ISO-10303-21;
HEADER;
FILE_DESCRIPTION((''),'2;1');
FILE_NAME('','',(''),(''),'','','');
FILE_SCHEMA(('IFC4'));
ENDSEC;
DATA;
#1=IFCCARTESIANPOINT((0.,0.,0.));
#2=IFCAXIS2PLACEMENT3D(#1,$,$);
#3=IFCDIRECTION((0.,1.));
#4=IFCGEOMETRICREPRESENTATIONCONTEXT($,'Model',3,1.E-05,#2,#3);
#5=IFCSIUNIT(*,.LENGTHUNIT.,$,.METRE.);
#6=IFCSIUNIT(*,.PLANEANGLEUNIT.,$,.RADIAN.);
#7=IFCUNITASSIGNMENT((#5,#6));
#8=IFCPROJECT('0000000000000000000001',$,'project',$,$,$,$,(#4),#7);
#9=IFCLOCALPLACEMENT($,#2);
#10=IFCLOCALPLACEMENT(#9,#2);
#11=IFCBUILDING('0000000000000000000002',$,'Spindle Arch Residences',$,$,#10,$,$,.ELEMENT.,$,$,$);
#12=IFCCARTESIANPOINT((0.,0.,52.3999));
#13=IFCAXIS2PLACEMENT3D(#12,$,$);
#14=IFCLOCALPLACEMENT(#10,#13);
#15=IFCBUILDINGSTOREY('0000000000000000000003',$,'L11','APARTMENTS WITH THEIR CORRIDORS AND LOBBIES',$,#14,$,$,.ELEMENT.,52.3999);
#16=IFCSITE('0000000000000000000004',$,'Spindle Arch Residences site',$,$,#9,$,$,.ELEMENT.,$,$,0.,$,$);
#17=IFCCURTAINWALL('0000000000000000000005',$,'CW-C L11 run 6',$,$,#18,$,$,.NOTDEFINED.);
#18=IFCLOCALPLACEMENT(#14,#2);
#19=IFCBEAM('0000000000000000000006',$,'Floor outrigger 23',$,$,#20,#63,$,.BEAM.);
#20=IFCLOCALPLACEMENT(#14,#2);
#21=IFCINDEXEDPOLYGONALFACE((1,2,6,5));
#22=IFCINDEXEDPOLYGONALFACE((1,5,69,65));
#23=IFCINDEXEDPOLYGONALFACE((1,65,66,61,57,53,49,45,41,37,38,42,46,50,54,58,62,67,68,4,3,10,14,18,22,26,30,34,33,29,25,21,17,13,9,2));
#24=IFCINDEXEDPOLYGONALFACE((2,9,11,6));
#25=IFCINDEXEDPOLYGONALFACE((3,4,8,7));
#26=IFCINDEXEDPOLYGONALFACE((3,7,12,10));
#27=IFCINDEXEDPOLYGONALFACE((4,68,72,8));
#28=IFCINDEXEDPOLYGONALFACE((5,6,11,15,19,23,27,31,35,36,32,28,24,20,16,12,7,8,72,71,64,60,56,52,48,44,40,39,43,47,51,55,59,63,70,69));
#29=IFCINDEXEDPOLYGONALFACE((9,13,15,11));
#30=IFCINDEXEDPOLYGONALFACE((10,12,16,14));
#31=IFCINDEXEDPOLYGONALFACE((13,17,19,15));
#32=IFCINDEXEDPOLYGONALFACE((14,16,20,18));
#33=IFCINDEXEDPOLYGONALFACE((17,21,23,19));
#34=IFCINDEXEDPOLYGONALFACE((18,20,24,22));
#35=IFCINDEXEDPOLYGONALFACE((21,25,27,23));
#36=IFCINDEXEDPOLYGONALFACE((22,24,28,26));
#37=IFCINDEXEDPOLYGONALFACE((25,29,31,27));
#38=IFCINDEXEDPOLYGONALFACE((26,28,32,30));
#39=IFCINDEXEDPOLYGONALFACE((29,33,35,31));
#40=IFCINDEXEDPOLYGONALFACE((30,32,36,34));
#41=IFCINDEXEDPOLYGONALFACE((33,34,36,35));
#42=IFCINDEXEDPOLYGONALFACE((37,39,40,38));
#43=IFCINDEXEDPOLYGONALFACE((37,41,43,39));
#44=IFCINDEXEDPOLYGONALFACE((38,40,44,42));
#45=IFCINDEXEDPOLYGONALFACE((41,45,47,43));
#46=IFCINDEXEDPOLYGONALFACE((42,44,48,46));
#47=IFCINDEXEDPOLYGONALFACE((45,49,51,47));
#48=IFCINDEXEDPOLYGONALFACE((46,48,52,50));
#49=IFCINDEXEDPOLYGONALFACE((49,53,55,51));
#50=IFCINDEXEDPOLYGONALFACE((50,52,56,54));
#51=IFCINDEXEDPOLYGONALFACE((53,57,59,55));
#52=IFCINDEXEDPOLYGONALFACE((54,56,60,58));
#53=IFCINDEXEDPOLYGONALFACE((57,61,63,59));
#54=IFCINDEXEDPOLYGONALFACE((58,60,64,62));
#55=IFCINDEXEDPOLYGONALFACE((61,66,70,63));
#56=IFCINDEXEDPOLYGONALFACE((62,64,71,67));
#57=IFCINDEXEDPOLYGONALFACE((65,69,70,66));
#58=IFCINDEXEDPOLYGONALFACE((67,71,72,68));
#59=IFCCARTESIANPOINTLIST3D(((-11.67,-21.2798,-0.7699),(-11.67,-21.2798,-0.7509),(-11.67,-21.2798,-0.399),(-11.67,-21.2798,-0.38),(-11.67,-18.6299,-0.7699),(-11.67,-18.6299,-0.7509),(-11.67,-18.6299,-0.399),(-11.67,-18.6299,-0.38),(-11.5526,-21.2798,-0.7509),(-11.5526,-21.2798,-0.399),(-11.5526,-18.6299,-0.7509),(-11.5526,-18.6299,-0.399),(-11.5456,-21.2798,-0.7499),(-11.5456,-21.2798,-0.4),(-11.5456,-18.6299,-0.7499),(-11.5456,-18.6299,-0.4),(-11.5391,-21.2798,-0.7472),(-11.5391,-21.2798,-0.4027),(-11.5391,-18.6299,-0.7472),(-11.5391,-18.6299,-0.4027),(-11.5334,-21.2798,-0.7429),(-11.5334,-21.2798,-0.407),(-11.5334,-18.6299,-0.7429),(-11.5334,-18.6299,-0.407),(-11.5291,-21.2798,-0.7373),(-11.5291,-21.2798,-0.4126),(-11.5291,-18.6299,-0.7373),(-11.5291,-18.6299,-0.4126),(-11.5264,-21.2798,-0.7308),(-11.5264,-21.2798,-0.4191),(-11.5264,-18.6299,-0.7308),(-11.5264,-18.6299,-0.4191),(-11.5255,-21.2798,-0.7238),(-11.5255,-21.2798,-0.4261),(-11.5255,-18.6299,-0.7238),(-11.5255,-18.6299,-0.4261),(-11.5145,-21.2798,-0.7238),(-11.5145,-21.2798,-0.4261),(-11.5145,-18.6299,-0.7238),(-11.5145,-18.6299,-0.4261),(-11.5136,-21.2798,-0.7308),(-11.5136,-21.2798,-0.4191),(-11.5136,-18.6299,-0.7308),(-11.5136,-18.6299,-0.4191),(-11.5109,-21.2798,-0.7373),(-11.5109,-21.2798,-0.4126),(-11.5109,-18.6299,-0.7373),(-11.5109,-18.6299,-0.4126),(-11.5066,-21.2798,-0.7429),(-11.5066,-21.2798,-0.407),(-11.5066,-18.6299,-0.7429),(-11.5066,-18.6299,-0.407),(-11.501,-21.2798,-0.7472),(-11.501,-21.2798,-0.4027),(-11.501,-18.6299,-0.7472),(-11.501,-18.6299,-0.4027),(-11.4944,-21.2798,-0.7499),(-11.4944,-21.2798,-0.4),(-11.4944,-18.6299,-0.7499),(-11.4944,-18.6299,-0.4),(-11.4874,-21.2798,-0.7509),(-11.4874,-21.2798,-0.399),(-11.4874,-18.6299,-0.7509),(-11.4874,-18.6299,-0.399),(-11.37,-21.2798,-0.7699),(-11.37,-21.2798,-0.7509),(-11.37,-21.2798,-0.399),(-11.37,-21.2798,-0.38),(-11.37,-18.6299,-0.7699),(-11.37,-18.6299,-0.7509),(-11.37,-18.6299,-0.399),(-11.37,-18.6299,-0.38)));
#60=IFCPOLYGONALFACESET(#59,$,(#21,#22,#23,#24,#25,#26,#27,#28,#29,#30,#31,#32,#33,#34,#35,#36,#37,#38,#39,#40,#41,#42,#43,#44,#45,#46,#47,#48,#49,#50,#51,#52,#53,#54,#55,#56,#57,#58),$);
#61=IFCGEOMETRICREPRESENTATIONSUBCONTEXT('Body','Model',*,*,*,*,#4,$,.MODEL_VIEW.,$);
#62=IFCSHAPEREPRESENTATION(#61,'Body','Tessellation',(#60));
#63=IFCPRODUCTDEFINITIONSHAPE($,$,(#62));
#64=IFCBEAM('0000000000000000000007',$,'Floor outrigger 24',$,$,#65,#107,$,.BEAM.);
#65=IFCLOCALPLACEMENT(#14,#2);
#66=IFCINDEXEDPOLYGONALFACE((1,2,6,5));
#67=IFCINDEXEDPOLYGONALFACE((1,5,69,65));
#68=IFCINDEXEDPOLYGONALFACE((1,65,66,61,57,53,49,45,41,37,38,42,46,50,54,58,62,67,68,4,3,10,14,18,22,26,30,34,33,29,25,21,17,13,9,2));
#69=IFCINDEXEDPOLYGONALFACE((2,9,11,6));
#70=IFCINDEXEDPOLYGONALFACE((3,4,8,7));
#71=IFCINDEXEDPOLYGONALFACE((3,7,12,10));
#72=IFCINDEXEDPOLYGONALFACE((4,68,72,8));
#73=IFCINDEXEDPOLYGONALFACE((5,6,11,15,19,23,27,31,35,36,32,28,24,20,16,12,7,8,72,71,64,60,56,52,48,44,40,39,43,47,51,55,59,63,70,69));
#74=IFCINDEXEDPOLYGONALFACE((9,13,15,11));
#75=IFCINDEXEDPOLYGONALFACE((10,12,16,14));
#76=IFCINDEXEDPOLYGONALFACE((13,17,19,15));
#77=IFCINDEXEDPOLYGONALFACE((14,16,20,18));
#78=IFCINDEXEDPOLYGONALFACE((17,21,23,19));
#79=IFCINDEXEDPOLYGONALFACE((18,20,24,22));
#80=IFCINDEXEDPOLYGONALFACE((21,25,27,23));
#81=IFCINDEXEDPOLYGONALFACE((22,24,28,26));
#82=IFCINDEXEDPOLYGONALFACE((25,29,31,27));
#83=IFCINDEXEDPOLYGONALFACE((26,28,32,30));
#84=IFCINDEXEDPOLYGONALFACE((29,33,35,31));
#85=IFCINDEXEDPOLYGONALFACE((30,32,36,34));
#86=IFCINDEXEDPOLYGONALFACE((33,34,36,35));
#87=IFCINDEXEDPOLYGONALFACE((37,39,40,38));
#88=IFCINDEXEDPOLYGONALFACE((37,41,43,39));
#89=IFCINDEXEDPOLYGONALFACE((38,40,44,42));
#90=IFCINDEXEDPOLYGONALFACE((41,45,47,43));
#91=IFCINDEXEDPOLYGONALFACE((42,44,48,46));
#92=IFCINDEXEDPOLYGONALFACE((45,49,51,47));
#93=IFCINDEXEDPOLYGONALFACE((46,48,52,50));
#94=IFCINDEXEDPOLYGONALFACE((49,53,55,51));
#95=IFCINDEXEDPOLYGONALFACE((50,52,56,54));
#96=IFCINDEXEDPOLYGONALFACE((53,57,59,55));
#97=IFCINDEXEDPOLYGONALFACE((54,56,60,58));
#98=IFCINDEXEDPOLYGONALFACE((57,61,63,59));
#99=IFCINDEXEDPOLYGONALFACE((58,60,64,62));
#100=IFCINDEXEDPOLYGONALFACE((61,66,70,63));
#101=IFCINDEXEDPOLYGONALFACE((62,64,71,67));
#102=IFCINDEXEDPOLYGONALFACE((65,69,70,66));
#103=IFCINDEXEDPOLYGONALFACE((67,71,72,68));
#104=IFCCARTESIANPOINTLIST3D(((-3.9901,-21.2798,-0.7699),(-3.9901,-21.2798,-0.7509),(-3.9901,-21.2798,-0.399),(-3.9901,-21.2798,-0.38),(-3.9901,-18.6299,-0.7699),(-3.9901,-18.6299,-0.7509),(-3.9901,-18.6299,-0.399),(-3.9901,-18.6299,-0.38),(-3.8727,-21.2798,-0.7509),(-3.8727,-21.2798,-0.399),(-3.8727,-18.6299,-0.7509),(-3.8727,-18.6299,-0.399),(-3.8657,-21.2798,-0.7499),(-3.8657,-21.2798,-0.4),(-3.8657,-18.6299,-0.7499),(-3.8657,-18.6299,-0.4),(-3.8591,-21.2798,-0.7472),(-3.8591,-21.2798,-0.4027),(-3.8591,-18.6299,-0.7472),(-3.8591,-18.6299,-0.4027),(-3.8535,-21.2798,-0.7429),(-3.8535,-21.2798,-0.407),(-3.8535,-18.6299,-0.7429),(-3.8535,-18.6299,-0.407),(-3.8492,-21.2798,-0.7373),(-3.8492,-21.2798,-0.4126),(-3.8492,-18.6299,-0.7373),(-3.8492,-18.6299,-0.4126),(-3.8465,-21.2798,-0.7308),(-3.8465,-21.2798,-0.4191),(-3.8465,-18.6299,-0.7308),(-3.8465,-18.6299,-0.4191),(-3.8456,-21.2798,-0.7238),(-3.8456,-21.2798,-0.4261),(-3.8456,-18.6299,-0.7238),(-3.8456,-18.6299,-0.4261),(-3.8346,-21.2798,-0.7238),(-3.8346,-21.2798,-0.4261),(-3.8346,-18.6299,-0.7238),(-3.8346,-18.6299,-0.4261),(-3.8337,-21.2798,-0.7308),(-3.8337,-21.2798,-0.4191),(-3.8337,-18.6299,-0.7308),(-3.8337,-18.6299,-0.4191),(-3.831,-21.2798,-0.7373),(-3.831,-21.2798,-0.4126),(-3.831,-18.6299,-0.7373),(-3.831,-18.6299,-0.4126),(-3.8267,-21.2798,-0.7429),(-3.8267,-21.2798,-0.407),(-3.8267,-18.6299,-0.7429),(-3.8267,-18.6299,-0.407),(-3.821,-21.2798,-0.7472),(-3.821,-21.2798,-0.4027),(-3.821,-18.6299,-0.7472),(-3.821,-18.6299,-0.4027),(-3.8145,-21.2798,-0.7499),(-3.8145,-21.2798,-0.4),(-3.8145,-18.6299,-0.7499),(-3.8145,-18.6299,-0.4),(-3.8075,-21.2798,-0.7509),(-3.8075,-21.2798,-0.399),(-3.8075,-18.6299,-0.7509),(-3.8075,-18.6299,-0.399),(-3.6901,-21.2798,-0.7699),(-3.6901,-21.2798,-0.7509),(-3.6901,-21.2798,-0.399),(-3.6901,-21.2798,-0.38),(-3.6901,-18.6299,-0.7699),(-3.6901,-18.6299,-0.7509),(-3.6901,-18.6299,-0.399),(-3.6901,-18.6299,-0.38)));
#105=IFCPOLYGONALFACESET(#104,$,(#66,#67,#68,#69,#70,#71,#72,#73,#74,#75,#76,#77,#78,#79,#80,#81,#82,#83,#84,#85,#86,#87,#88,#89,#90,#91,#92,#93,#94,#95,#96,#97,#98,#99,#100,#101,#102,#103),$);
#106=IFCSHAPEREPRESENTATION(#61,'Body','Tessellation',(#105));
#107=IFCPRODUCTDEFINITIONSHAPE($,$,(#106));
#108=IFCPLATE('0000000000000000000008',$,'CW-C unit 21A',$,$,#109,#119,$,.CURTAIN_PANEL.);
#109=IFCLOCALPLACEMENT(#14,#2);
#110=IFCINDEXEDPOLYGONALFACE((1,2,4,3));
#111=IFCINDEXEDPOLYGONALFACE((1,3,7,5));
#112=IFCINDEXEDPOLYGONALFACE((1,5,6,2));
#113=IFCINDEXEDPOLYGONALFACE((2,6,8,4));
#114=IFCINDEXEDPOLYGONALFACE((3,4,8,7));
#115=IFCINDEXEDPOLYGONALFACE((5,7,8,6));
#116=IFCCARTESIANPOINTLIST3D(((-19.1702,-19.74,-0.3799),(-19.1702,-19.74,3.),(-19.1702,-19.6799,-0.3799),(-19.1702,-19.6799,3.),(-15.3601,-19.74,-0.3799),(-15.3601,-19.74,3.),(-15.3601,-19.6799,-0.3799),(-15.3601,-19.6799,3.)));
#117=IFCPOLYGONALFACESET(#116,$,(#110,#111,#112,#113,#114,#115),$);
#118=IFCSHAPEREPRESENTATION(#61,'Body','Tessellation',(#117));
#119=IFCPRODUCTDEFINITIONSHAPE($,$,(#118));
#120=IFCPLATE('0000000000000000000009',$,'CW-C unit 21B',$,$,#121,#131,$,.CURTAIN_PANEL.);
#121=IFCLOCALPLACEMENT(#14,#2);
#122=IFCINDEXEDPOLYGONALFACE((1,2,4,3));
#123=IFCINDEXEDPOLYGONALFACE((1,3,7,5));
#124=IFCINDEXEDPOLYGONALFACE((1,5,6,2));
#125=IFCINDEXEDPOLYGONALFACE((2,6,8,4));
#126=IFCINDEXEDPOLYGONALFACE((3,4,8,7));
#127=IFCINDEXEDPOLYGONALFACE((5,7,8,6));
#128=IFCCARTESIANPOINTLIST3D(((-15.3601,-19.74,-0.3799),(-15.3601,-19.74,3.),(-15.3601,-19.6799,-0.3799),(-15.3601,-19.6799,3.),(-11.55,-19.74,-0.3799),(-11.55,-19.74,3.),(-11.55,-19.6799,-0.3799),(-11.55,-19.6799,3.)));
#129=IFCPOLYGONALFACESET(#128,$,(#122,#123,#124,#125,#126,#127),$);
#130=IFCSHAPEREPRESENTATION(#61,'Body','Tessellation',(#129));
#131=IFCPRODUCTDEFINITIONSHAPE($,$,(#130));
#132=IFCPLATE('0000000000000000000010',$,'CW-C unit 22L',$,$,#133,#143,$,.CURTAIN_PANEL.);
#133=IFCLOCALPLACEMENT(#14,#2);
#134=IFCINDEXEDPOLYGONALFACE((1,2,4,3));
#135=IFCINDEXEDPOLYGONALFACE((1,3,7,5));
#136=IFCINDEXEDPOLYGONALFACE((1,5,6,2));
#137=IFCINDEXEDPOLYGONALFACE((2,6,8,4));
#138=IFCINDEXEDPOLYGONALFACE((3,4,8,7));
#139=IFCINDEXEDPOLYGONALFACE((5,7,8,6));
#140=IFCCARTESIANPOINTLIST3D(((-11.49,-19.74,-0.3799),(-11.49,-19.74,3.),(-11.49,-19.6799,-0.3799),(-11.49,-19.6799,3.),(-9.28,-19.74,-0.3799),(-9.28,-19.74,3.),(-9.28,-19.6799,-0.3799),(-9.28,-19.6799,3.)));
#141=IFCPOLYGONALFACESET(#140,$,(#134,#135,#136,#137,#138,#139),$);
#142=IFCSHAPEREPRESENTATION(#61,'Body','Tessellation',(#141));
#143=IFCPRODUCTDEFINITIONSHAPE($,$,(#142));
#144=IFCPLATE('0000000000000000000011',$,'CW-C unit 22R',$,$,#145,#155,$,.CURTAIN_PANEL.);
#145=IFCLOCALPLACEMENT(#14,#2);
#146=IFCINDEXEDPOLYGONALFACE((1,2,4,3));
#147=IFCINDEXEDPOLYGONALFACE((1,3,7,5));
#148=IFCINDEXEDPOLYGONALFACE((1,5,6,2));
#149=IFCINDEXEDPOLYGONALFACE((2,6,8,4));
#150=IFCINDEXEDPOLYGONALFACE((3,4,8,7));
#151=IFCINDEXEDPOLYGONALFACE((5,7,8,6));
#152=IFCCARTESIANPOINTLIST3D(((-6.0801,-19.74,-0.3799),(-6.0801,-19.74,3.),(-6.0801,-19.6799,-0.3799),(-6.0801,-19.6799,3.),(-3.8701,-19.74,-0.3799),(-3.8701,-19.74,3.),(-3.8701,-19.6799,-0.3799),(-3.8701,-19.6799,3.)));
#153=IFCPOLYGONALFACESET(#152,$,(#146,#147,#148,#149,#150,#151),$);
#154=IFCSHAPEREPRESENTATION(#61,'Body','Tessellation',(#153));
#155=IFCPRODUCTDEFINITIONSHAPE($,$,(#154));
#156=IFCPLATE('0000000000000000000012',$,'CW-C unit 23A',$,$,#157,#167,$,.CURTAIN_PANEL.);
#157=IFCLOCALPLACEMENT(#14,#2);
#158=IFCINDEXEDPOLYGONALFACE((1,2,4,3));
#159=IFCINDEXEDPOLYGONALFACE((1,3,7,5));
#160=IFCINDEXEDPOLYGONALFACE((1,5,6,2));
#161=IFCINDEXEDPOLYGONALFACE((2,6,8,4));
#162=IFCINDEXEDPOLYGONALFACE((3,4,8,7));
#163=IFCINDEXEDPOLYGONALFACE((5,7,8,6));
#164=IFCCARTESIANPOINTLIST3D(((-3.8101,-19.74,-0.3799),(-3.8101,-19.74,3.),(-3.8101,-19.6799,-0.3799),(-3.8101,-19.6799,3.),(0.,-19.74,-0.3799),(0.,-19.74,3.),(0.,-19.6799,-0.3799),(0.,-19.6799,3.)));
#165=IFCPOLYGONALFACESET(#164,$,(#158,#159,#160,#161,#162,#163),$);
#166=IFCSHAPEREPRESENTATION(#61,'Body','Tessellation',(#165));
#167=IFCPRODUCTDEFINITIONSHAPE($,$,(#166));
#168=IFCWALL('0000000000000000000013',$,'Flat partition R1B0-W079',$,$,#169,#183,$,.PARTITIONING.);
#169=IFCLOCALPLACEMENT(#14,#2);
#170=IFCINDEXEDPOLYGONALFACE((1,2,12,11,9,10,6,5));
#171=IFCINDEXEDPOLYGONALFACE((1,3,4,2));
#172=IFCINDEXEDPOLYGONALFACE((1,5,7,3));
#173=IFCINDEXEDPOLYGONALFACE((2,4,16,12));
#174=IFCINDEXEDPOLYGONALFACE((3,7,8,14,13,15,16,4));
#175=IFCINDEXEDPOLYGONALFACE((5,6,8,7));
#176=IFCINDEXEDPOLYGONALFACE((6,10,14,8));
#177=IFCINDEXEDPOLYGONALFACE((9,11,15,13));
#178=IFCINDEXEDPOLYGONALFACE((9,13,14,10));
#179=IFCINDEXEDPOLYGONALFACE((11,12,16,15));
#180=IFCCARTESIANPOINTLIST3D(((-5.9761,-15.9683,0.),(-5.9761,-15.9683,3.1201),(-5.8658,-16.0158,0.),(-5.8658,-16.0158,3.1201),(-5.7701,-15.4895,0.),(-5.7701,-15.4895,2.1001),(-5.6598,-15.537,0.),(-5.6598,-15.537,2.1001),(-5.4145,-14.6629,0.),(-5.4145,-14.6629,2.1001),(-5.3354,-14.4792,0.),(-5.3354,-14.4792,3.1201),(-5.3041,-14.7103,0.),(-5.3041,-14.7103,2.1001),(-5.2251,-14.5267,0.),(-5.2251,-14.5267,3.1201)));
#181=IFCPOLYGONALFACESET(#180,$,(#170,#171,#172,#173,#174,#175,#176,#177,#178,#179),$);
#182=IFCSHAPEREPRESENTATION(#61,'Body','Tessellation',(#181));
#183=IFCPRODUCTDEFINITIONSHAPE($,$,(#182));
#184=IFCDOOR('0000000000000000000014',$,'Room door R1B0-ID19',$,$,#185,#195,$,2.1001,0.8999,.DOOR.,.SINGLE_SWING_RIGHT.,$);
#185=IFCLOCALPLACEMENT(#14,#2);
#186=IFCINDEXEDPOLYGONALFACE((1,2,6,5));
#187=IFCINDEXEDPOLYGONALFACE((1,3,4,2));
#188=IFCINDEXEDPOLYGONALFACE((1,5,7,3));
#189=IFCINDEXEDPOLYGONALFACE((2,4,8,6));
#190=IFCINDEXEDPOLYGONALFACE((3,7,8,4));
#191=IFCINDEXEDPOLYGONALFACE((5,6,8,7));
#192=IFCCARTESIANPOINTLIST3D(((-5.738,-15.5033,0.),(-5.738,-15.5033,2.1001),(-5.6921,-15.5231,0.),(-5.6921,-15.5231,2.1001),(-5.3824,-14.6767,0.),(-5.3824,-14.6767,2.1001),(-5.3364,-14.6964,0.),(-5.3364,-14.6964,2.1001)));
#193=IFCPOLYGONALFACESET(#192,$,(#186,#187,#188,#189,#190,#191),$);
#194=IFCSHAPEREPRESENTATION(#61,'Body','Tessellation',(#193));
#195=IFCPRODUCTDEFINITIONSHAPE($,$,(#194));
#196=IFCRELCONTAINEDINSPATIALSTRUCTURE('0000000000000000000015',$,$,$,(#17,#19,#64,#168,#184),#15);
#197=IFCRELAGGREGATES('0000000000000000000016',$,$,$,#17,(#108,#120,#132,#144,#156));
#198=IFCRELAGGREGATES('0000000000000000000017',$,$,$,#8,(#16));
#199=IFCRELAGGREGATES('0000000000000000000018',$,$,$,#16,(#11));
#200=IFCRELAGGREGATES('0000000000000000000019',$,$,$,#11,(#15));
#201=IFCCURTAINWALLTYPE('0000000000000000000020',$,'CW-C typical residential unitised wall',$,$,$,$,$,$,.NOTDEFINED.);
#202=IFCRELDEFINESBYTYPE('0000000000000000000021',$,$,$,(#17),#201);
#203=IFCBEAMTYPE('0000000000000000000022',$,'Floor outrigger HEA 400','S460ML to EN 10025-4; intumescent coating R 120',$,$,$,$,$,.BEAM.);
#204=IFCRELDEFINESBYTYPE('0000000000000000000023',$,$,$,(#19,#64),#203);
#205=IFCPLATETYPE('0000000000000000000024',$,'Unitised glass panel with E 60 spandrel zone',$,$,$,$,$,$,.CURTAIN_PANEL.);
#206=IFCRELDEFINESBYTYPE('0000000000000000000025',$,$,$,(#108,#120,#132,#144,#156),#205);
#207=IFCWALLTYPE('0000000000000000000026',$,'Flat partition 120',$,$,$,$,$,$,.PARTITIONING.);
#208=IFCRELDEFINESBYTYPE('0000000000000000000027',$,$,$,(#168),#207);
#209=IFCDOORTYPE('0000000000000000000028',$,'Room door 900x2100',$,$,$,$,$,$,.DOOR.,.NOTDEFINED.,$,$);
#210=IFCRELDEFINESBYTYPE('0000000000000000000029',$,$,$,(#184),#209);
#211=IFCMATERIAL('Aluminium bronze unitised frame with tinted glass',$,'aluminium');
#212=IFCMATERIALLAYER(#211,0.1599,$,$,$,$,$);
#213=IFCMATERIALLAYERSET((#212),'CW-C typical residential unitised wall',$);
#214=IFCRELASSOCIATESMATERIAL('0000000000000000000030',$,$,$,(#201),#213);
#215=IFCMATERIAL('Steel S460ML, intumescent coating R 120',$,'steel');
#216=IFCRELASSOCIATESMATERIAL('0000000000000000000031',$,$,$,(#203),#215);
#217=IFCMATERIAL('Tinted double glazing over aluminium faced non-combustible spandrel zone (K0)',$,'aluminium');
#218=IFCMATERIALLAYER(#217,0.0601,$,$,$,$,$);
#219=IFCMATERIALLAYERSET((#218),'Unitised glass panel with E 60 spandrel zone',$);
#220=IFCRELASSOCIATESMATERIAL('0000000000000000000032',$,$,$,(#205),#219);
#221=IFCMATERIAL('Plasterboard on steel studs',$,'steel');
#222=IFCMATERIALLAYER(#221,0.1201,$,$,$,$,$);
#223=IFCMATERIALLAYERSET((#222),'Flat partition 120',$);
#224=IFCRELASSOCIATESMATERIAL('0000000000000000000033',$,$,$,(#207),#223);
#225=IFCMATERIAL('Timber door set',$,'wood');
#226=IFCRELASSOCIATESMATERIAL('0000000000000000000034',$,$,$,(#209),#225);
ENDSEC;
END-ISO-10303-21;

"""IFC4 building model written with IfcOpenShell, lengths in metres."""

from ifc_helpers import new_model, si_unit, direction, frame, frame_2d, origin, origin_2d, place, context, subcontext, project, spatial, rectangle, i_section, extrude, material, layer, layer_set, material_profile, profile_set, type_object, element, fill, aggregate, save


model = new_model("IFC4")

# Units and contexts
model_context = context("Model", 3, precision=1e-05, world=origin(), true_north=direction((0.0, 1.0)))
body_context = subcontext(model_context, "Body", "Model", "MODEL_VIEW")
ifc_project = project(units=[si_unit("LENGTHUNIT", "METRE"), si_unit("PLANEANGLEUNIT", "RADIAN")], contexts=[model_context])

# Site, building, storey
site_placement = place(None, origin())
site = spatial("IfcSite", under=ifc_project, at=site_placement, Name="Spindle Arch Residences site", CompositionType="ELEMENT", RefElevation=0.0)
building_placement = place(site_placement, origin())
building = spatial("IfcBuilding", under=site, at=building_placement, Name="Spindle Arch Residences", CompositionType="ELEMENT")
storey_placement = place(building_placement, frame((0.0, 0.0, 52.3999)))
storey = spatial("IfcBuildingStorey", under=building, at=storey_placement, Name="L11", Description="APARTMENTS WITH THEIR CORRIDORS AND LOBBIES", CompositionType="ELEMENT", Elevation=52.3999)

# Curtain wall
ifc_material_1 = material(Name="Aluminium bronze unitised frame with tinted glass", Category="aluminium")
ifc_layer_1 = layer(ifc_material_1, 0.1599)
ifc_layer_set_1 = layer_set([ifc_layer_1], Name="CW-C typical residential unitised wall")
curtain_wall_type = type_object("IfcCurtainWallType", Name="CW-C typical residential unitised wall", PredefinedType="NOTDEFINED", material=ifc_layer_set_1)
curtain_wall_placement = place(storey_placement, origin())
curtain_wall = element("IfcCurtainWall", 1, at=curtain_wall_placement, inside=storey, type_object=curtain_wall_type, Name="CW-C L11 run 6", PredefinedType="NOTDEFINED")

# Beams
ifc_material_2 = material(Name="Steel S460ML, intumescent coating R 120", Category="steel")
ifc_material_profile_1 = material_profile(ifc_material_2, i_section(OverallWidth=0.3, OverallDepth=0.3899, WebThickness=0.011, FlangeThickness=0.019, FilletRadius=0.0271, at=origin_2d()), Name="HEA 400")
ifc_profile_set_1 = profile_set([ifc_material_profile_1], Name="Steel S460ML, intumescent coating R 120")
beam_type_1 = type_object("IfcBeamType", Name="Floor outrigger HEA 400", Description="S460ML to EN 10025-4; intumescent coating R 120", PredefinedType="BEAM", material=ifc_profile_set_1)
for number, where, z_axis, x_axis, name in (
    (2, (-11.52, -21.2798, -0.575), (0.0, 1.0, 0.0), (-1.0, 0.0, 0.0), "Floor outrigger 23"),
    (3, (-3.8401, -21.2798, -0.575), (0.0, 1.0, 0.0), (-1.0, 0.0, 0.0), "Floor outrigger 24"),
):
    element("IfcBeam", number, at=place(storey_placement, frame(where, z_axis=z_axis, x_axis=x_axis)), inside=storey, type_object=beam_type_1, Name=name, PredefinedType="BEAM", context=body_context, shape_type="SweptSolid", body=[
        extrude(i_section(OverallWidth=0.3, OverallDepth=0.3899, WebThickness=0.011, FlangeThickness=0.019, FilletRadius=0.0271, at=origin_2d()), origin(), (0.0, 0.0, 1.0), 2.6499),
    ])

# Plates
ifc_material_3 = material(Name="Tinted double glazing over aluminium faced non-combustible spandrel zone (K0)", Category="aluminium")
ifc_layer_2 = layer(ifc_material_3, 0.0601)
ifc_layer_set_2 = layer_set([ifc_layer_2], Name="Unitised glass panel with E 60 spandrel zone")
plate_type = type_object("IfcPlateType", Name="Unitised glass panel with E 60 spandrel zone", PredefinedType="CURTAIN_PANEL", material=ifc_layer_set_2)
plate_1_placement = place(storey_placement, frame((-17.2651, -19.71, -0.3799), z_axis=(0.0, 0.0, 1.0), x_axis=(1.0, 0.0, 0.0)))
plate_1 = element("IfcPlate", 4, at=plate_1_placement, type_object=plate_type, Name="CW-C unit 21A", PredefinedType="CURTAIN_PANEL", context=body_context, shape_type="SweptSolid", body=[
    extrude(rectangle(XDim=3.8101, YDim=0.0601, at=origin_2d()), origin(), (0.0, 0.0, 1.0), 3.3799),
])
plate_2_placement = place(storey_placement, frame((-13.4551, -19.71, -0.3799), z_axis=(0.0, 0.0, 1.0), x_axis=(1.0, 0.0, 0.0)))
plate_2 = element("IfcPlate", 5, at=plate_2_placement, type_object=plate_type, Name="CW-C unit 21B", PredefinedType="CURTAIN_PANEL", context=body_context, shape_type="SweptSolid", body=[
    extrude(rectangle(XDim=3.8101, YDim=0.0601, at=origin_2d()), origin(), (0.0, 0.0, 1.0), 3.3799),
])
plate_3_placement = place(storey_placement, frame((-10.385, -19.71, -0.3799), z_axis=(0.0, 0.0, 1.0), x_axis=(1.0, 0.0, 0.0)))
plate_3 = element("IfcPlate", 6, at=plate_3_placement, type_object=plate_type, Name="CW-C unit 22L", PredefinedType="CURTAIN_PANEL", context=body_context, shape_type="SweptSolid", body=[
    extrude(rectangle(XDim=2.21, YDim=0.0601, at=origin_2d()), origin(), (0.0, 0.0, 1.0), 3.3799),
])
plate_4_placement = place(storey_placement, frame((-4.9751, -19.71, -0.3799), z_axis=(0.0, 0.0, 1.0), x_axis=(1.0, 0.0, 0.0)))
plate_4 = element("IfcPlate", 7, at=plate_4_placement, type_object=plate_type, Name="CW-C unit 22R", PredefinedType="CURTAIN_PANEL", context=body_context, shape_type="SweptSolid", body=[
    extrude(rectangle(XDim=2.21, YDim=0.0601, at=origin_2d()), origin(), (0.0, 0.0, 1.0), 3.3799),
])
plate_5_placement = place(storey_placement, frame((-1.905, -19.71, -0.3799), z_axis=(0.0, 0.0, 1.0), x_axis=(1.0, 0.0, 0.0)))
plate_5 = element("IfcPlate", 8, at=plate_5_placement, type_object=plate_type, Name="CW-C unit 23A", PredefinedType="CURTAIN_PANEL", context=body_context, shape_type="SweptSolid", body=[
    extrude(rectangle(XDim=3.8101, YDim=0.0601, at=origin_2d()), origin(), (0.0, 0.0, 1.0), 3.3799),
])
aggregate(curtain_wall, [plate_1, plate_2, plate_3, plate_4, plate_5])

# Wall, opening, door
ifc_material_4 = material(Name="Plasterboard on steel studs", Category="steel")
ifc_layer_3 = layer(ifc_material_4, 0.1201)
ifc_layer_set_3 = layer_set([ifc_layer_3], Name="Flat partition 120")
wall_type_1 = type_object("IfcWallType", Name="Flat partition 120", PredefinedType="PARTITIONING", material=ifc_layer_set_3)
wall_1_placement = place(storey_placement, frame((-5.2803, -14.5029, 0.0), z_axis=(0.0, 0.0, 1.0), x_axis=(-0.39521, -0.918591, 0.0)))
wall_1 = element("IfcWall", 9, at=wall_1_placement, inside=storey, type_object=wall_type_1, Name="Flat partition R1B0-W079", PredefinedType="PARTITIONING", context=body_context, shape_type="SweptSolid", body=[
    extrude(rectangle(XDim=1.6211, YDim=0.1201, at=frame_2d((0.8105, 0.0))), origin(), (0.0, 0.0, 1.0), 3.1201),
])
opening_1_placement = place(wall_1_placement, frame((0.2, 0.0, 0.0)))
opening_1 = element("IfcOpeningElement", 10, at=opening_1_placement, cuts=wall_1, PredefinedType="OPENING", context=body_context, shape_type="SweptSolid", body=[
    extrude(rectangle(XDim=0.8999, YDim=2.1001, at=frame_2d((0.45, 1.05))), frame((0.0, 0.0701, 0.0), z_axis=(0.0, -1.0, 0.0), x_axis=(1.0, 0.0, 0.0)), (0.0, 0.0, 1.0), 0.1401),
])
ifc_material_5 = material(Name="Timber door set", Category="wood")
door_type_1 = type_object("IfcDoorType", Name="Room door 900x2100", OperationType="NOTDEFINED", PredefinedType="DOOR", material=ifc_material_5)
door_1_placement = place(opening_1_placement, origin())
door_1 = element("IfcDoor", 11, at=door_1_placement, inside=storey, type_object=door_type_1, Name="Room door R1B0-ID19", OperationType="SINGLE_SWING_RIGHT", OverallHeight=2.1001, OverallWidth=0.8999, PredefinedType="DOOR", context=body_context, shape_type="SweptSolid", body=[
    extrude(rectangle(XDim=0.8999, YDim=2.1001, at=frame_2d((0.45, 1.05))), frame((0.0, 0.0249, 0.0), z_axis=(0.0, -1.0, 0.0), x_axis=(1.0, 0.0, 0.0)), (0.0, 0.0, 1.0), 0.05),
])
fill(opening_1, door_1)

save(model, "model.ifc")
